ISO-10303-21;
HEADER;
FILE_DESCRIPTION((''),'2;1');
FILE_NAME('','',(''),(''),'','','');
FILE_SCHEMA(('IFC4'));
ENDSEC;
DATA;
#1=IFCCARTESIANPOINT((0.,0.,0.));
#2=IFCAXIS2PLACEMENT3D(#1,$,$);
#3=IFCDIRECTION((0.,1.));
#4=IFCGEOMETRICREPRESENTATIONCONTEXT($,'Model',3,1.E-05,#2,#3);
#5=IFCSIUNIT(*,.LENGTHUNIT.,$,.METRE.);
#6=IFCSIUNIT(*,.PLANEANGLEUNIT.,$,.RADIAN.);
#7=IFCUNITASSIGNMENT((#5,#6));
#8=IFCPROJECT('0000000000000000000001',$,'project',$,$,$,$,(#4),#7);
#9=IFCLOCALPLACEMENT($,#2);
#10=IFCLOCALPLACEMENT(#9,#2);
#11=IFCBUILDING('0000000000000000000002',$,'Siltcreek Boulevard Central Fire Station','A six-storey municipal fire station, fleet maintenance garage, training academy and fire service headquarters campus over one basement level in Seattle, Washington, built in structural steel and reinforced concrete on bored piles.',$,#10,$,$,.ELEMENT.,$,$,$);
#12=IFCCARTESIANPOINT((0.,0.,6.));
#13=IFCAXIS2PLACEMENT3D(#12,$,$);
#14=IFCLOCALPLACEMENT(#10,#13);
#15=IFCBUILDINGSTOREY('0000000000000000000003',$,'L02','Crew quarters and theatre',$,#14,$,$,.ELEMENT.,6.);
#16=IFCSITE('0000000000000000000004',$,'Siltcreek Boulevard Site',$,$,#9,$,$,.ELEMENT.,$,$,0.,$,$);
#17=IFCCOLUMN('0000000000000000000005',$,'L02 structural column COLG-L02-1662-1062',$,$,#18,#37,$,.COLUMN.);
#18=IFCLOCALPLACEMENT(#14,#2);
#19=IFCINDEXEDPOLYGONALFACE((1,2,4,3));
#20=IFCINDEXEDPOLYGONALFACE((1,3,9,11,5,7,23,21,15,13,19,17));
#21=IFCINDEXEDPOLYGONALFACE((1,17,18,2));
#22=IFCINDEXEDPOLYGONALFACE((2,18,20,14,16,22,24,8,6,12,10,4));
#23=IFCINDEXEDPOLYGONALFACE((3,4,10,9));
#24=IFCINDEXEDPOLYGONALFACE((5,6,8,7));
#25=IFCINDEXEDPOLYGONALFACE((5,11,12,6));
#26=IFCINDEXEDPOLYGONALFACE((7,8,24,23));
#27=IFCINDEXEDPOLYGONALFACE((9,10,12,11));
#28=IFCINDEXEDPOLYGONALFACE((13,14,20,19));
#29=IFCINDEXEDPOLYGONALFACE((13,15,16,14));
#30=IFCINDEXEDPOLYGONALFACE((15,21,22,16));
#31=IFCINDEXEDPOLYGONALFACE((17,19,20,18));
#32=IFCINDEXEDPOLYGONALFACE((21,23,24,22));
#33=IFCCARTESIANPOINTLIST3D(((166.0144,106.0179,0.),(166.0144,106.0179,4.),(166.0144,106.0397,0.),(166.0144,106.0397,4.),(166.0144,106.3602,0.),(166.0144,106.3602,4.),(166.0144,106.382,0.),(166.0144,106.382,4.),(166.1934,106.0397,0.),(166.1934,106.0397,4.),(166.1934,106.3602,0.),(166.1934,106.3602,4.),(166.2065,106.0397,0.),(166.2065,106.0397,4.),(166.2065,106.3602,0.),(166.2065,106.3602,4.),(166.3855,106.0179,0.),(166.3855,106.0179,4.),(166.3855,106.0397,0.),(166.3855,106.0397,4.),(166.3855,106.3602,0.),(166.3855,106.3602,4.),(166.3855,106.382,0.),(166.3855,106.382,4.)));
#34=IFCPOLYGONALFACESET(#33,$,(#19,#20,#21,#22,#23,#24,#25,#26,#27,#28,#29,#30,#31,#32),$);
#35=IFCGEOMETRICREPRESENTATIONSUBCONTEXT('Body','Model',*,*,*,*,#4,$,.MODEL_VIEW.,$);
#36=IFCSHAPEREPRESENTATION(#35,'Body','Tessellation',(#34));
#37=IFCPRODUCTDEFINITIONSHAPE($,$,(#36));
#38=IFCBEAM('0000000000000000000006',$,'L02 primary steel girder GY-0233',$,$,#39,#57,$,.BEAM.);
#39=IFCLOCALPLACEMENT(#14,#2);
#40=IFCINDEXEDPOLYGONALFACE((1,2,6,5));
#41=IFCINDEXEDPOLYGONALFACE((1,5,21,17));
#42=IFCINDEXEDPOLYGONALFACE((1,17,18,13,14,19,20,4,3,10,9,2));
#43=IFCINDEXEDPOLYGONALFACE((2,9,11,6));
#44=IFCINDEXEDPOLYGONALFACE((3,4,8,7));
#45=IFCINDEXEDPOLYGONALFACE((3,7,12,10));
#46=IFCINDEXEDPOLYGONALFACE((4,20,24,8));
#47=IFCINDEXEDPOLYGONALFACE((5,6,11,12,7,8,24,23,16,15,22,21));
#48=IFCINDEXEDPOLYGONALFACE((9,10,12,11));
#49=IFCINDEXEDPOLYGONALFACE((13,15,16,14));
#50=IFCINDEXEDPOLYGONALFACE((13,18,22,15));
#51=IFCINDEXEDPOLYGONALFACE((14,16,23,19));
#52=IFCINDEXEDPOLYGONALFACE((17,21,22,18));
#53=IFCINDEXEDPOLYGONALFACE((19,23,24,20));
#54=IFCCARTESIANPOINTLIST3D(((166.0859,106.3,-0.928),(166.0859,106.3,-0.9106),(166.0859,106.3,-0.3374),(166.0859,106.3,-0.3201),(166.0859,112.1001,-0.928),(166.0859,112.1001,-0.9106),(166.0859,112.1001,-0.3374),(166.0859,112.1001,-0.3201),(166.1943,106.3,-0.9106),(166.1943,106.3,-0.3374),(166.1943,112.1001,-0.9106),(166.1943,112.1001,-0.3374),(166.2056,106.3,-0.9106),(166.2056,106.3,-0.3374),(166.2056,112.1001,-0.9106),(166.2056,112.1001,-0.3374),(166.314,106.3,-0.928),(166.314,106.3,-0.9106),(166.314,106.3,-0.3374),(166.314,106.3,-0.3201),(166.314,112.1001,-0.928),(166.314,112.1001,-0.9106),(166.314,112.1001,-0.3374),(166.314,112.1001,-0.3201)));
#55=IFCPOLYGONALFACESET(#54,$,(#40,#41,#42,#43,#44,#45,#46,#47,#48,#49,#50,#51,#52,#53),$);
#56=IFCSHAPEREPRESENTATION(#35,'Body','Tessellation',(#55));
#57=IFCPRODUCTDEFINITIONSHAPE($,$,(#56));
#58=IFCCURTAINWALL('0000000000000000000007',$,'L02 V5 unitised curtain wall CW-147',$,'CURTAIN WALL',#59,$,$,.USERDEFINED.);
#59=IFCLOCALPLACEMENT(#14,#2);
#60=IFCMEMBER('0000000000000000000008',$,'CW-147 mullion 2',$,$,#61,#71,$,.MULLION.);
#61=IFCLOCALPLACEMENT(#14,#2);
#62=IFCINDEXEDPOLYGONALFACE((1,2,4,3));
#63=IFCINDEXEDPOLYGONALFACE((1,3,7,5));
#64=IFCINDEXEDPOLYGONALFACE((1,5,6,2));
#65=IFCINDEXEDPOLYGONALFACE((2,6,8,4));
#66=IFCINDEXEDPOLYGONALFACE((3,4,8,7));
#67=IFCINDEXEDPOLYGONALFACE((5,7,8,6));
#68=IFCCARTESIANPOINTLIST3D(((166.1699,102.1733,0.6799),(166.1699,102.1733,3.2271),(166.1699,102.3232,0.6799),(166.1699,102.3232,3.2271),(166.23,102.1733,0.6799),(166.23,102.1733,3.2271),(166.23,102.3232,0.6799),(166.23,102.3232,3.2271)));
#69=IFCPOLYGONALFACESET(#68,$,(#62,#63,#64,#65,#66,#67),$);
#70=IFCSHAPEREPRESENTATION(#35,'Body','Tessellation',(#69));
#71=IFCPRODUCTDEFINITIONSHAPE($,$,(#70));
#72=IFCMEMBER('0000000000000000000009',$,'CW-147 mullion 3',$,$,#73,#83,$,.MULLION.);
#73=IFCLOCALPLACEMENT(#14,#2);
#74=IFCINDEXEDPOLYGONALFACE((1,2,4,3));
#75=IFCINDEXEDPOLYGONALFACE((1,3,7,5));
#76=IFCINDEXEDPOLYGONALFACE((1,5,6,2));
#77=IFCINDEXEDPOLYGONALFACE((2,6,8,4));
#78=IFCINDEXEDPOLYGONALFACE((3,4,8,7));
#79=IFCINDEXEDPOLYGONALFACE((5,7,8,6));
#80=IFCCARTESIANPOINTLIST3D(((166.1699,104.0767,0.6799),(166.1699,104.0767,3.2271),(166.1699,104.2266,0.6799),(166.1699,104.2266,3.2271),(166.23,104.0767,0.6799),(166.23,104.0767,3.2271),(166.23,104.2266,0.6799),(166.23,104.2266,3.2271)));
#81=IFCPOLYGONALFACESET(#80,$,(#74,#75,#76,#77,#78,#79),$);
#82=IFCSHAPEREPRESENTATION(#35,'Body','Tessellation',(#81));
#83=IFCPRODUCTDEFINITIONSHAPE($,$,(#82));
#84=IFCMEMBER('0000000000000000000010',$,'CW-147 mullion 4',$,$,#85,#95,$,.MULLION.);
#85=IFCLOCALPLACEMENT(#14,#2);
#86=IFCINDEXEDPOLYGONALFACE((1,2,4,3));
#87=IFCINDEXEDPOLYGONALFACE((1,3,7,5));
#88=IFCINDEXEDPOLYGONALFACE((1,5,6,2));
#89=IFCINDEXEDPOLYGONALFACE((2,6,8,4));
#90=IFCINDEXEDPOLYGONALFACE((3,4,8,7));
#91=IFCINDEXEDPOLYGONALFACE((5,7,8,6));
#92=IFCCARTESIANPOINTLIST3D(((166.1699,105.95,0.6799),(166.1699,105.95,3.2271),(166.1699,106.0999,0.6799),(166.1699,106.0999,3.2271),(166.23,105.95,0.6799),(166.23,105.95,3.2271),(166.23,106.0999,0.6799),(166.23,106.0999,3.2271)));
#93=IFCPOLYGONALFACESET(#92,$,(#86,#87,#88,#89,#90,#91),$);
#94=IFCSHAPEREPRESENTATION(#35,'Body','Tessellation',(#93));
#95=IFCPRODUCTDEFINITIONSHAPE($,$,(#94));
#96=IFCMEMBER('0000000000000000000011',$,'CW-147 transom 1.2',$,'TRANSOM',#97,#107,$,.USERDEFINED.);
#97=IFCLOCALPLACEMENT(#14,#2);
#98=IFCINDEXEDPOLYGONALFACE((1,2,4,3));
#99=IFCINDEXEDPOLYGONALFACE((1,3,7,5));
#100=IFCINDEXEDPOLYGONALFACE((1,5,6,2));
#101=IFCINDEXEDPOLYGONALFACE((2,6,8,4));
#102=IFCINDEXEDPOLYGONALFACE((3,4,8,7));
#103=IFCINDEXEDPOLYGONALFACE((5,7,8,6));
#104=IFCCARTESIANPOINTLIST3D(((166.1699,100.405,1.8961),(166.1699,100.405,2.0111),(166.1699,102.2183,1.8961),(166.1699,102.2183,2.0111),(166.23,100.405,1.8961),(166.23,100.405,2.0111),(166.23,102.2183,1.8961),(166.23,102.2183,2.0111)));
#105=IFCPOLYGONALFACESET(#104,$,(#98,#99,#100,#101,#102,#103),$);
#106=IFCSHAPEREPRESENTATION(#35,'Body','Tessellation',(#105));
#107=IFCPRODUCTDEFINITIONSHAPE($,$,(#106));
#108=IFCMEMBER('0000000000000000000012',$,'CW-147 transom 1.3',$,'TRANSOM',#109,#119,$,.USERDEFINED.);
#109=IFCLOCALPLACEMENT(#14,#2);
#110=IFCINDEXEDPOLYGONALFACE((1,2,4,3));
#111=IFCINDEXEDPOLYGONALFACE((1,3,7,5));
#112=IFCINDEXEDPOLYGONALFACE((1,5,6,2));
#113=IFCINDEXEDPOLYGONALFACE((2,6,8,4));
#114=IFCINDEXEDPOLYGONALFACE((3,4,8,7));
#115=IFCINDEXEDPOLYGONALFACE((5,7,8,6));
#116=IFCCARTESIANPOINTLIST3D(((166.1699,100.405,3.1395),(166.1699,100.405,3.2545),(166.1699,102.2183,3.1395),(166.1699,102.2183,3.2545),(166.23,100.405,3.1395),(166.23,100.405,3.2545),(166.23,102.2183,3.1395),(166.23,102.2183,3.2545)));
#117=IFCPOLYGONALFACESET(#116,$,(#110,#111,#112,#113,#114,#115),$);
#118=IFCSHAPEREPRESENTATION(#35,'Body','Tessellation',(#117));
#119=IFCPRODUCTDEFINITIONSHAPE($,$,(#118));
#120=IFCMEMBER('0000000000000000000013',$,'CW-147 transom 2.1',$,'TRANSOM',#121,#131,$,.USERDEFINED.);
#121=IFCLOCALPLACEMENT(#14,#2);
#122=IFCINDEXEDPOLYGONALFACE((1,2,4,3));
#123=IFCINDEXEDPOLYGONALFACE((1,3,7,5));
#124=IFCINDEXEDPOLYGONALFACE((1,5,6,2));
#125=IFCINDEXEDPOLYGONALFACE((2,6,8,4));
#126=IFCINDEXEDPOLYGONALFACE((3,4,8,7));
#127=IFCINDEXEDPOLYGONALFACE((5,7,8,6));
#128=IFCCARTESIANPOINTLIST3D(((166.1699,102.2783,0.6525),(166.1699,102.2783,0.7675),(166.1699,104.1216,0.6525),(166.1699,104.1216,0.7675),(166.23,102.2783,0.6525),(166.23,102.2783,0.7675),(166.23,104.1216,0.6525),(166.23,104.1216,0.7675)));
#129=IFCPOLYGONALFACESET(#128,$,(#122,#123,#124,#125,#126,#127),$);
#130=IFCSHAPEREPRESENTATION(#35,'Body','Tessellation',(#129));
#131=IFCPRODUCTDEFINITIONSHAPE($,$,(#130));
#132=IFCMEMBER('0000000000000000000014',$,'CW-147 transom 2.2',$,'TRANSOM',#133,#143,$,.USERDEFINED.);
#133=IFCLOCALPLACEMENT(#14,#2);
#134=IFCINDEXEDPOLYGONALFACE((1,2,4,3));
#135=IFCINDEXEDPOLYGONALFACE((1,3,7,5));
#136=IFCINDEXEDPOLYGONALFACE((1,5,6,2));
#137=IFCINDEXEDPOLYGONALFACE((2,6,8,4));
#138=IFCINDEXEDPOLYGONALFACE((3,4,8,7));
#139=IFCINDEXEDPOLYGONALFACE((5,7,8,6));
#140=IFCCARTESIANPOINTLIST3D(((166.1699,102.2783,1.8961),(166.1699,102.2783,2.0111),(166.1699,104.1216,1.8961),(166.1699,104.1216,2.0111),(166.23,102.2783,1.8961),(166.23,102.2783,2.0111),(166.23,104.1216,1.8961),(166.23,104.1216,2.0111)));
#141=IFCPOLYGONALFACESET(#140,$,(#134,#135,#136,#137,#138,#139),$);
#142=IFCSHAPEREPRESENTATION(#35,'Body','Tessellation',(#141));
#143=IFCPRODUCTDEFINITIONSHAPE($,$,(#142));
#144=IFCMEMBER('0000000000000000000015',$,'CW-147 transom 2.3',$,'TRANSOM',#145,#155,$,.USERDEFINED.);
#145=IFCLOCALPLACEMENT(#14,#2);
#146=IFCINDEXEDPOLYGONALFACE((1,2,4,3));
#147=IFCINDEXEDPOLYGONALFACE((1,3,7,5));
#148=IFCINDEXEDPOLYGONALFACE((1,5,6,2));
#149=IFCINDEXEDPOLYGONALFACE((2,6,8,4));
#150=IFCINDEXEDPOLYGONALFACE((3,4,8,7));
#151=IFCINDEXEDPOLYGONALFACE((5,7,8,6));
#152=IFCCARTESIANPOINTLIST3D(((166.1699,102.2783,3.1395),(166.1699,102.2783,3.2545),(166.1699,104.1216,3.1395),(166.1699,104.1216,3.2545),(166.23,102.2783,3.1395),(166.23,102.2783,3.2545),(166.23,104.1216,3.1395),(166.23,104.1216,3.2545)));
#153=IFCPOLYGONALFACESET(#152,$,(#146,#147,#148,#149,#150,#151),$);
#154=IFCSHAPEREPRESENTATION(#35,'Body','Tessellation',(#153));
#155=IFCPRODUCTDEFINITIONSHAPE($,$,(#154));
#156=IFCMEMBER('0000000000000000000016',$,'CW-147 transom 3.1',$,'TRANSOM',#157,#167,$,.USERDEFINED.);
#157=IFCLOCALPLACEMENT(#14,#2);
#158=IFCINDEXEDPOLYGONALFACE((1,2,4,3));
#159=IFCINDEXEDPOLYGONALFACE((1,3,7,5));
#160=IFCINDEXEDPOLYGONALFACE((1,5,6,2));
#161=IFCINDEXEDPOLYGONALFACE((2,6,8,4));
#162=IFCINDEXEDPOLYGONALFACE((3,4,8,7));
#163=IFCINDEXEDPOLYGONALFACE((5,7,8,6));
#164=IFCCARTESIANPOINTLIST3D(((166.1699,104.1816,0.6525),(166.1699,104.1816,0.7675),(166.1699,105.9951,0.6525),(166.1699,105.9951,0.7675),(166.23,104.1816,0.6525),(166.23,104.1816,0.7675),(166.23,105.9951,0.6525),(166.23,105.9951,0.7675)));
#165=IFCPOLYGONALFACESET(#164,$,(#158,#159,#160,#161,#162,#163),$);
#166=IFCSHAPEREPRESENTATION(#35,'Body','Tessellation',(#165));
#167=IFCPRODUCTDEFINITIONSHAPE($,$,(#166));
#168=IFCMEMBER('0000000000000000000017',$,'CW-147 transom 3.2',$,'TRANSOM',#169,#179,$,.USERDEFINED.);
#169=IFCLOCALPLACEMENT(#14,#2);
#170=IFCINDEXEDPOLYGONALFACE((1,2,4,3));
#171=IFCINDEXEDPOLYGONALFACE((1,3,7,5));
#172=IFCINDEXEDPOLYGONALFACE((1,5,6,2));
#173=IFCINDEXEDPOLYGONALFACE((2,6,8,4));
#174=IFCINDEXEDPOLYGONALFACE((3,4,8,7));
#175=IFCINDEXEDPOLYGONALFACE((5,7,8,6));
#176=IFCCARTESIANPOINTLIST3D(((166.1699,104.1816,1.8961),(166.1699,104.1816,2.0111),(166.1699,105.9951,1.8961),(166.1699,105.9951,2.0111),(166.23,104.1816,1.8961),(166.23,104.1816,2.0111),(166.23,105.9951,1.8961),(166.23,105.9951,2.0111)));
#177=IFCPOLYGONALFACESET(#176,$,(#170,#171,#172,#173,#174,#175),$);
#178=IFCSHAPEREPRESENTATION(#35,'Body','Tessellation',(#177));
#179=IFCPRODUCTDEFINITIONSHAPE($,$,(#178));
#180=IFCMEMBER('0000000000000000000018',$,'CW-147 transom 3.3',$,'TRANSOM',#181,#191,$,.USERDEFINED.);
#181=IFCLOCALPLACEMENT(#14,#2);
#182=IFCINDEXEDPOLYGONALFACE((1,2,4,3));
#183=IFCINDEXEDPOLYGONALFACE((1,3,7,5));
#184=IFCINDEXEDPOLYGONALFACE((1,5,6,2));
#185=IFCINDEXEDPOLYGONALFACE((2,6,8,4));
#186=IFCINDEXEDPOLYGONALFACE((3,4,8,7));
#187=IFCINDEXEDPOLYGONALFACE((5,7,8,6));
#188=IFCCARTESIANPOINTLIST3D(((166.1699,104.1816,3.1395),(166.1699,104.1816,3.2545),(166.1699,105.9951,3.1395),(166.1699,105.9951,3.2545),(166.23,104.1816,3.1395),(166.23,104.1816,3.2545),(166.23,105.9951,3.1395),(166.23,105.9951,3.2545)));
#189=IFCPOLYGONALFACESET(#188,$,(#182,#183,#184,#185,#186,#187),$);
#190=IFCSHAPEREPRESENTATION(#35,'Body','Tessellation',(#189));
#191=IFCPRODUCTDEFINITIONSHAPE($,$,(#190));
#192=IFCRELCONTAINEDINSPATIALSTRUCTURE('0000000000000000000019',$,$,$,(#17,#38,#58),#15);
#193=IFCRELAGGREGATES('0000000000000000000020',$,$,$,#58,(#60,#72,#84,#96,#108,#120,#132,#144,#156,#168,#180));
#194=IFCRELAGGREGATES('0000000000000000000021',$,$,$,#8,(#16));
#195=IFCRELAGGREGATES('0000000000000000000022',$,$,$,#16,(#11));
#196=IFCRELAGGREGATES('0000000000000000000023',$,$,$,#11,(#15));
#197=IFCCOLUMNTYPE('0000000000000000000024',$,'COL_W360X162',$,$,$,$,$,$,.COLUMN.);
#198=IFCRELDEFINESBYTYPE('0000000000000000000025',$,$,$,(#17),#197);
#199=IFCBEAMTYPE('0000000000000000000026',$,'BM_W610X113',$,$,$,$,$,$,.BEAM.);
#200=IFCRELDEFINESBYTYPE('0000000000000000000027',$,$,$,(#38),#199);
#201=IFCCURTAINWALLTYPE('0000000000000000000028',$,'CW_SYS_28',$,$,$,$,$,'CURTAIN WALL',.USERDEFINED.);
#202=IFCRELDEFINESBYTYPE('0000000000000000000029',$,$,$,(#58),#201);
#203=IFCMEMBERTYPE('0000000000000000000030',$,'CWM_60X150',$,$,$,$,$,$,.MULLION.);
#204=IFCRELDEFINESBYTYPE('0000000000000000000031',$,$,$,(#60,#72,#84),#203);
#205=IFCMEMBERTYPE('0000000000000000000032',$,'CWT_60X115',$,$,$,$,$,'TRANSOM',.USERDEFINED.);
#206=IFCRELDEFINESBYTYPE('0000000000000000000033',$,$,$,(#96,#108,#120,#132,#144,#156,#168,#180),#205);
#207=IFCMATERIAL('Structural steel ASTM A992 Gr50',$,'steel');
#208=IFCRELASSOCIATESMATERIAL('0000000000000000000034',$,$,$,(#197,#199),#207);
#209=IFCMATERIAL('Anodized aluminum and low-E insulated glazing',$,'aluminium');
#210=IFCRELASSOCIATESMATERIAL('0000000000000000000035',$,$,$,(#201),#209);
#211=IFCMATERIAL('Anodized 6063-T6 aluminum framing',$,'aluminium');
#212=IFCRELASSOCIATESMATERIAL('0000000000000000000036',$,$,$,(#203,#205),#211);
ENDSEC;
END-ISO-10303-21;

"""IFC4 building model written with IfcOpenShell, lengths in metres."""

from ifc_helpers import new_model, si_unit, direction, frame, origin, origin_2d, place, context, subcontext, project, spatial, rectangle, i_section, extrude, material, material_profile, profile_set, type_object, element, aggregate, save


model = new_model("IFC4")

# Units and contexts
model_context = context("Model", 3, precision=1e-05, world=origin(), true_north=direction((0.0, 1.0)))
body_context = subcontext(model_context, "Body", "Model", "MODEL_VIEW")
ifc_project = project(units=[si_unit("LENGTHUNIT", "METRE"), si_unit("PLANEANGLEUNIT", "RADIAN")], contexts=[model_context])

# Site, building, storey
site_placement = place(None, origin())
site = spatial("IfcSite", under=ifc_project, at=site_placement, Name="Siltcreek Boulevard Site", CompositionType="ELEMENT", RefElevation=0.0)
building_placement = place(site_placement, origin())
building = spatial("IfcBuilding", under=site, at=building_placement, Name="Siltcreek Boulevard Central Fire Station", Description="A six-storey municipal fire station, fleet maintenance garage, training academy and fire service headquarters campus over one basement level in Seattle, Washington, built in structural steel and reinforced concrete on bored piles.", CompositionType="ELEMENT")
storey_placement = place(building_placement, frame((0.0, 0.0, 6.0)))
storey = spatial("IfcBuildingStorey", under=building, at=storey_placement, Name="L02", Description="Crew quarters and theatre", CompositionType="ELEMENT", Elevation=6.0)

# Column
ifc_material_1 = material(Name="Structural steel ASTM A992 Gr50", Category="steel")
ifc_material_profile_1 = material_profile(ifc_material_1, i_section(OverallWidth=0.3711, OverallDepth=0.364, WebThickness=0.0132, FlangeThickness=0.0217, at=origin_2d()), Name="W360X162")
ifc_profile_set_1 = profile_set([ifc_material_profile_1], Name="Structural steel ASTM A992 Gr50")
column_type = type_object("IfcColumnType", Name="COL_W360X162", PredefinedType="COLUMN", material=ifc_profile_set_1)
column_placement = place(storey_placement, frame((166.2, 106.2, 0.0), z_axis=(0.0, 0.0, 1.0), x_axis=(1.0, 0.0, 0.0)))
element("IfcColumn", 1, at=column_placement, inside=storey, type_object=column_type, Name="L02 structural column COLG-L02-1662-1062", PredefinedType="COLUMN", context=body_context, shape_type="SweptSolid", body=[
    extrude(i_section(OverallWidth=0.3711, OverallDepth=0.364, WebThickness=0.0132, FlangeThickness=0.0217, at=origin_2d()), origin(), (0.0, 0.0, 1.0), 4.0),
])

# Beam
ifc_material_profile_2 = material_profile(ifc_material_1, i_section(OverallWidth=0.228, OverallDepth=0.6079, WebThickness=0.0112, FlangeThickness=0.0173, at=origin_2d()), Name="W610X113")
ifc_profile_set_2 = profile_set([ifc_material_profile_2], Name="Structural steel ASTM A992 Gr50")
beam_type = type_object("IfcBeamType", Name="BM_W610X113", PredefinedType="BEAM", material=ifc_profile_set_2)
beam_placement = place(storey_placement, frame((166.2, 106.3, -0.624), z_axis=(0.0, 1.0, 0.0), x_axis=(-1.0, 0.0, 0.0)))
element("IfcBeam", 2, at=beam_placement, inside=storey, type_object=beam_type, Name="L02 primary steel girder GY-0233", PredefinedType="BEAM", context=body_context, shape_type="SweptSolid", body=[
    extrude(i_section(OverallWidth=0.228, OverallDepth=0.6079, WebThickness=0.0112, FlangeThickness=0.0173, at=origin_2d()), origin(), (0.0, 0.0, 1.0), 5.8),
])

# Curtain wall, members
ifc_material_2 = material(Name="Anodized aluminum and low-E insulated glazing", Category="aluminium")
curtain_wall_type = type_object("IfcCurtainWallType", Name="CW_SYS_28", ElementType="CURTAIN WALL", PredefinedType="USERDEFINED", material=ifc_material_2)
curtain_wall_placement = place(storey_placement, origin())
curtain_wall = element("IfcCurtainWall", 3, at=curtain_wall_placement, inside=storey, type_object=curtain_wall_type, Name="L02 V5 unitised curtain wall CW-147", ObjectType="CURTAIN WALL", PredefinedType="USERDEFINED")
ifc_material_3 = material(Name="Anodized 6063-T6 aluminum framing", Category="aluminium")
ifc_material_profile_3 = material_profile(ifc_material_3, rectangle(XDim=0.0601, YDim=0.1499, at=origin_2d()), Name="MULL60X150")
ifc_profile_set_3 = profile_set([ifc_material_profile_3], Name="Anodized 6063-T6 aluminum framing")
member_type_1 = type_object("IfcMemberType", Name="CWM_60X150", PredefinedType="MULLION", material=ifc_profile_set_3)
member_1_placement = place(storey_placement, frame((166.2, 102.2483, 0.6799), z_axis=(0.0, 0.0, 1.0), x_axis=(-1.0, 0.0, 0.0)))
member_1 = element("IfcMember", 4, at=member_1_placement, type_object=member_type_1, Name="CW-147 mullion 2", PredefinedType="MULLION", context=body_context, shape_type="SweptSolid", body=[
    extrude(rectangle(XDim=0.0601, YDim=0.1499, at=origin_2d()), origin(), (0.0, 0.0, 1.0), 2.5471),
])
member_2_placement = place(storey_placement, frame((166.2, 104.1516, 0.6799), z_axis=(0.0, 0.0, 1.0), x_axis=(-1.0, 0.0, 0.0)))
member_2 = element("IfcMember", 5, at=member_2_placement, type_object=member_type_1, Name="CW-147 mullion 3", PredefinedType="MULLION", context=body_context, shape_type="SweptSolid", body=[
    extrude(rectangle(XDim=0.0601, YDim=0.1499, at=origin_2d()), origin(), (0.0, 0.0, 1.0), 2.5471),
])
member_3_placement = place(storey_placement, frame((166.2, 106.0249, 0.6799), z_axis=(0.0, 0.0, 1.0), x_axis=(-1.0, 0.0, 0.0)))
member_3 = element("IfcMember", 6, at=member_3_placement, type_object=member_type_1, Name="CW-147 mullion 4", PredefinedType="MULLION", context=body_context, shape_type="SweptSolid", body=[
    extrude(rectangle(XDim=0.0601, YDim=0.1499, at=origin_2d()), origin(), (0.0, 0.0, 1.0), 2.5471),
])
ifc_material_profile_4 = material_profile(ifc_material_3, rectangle(XDim=0.0601, YDim=0.115, at=origin_2d()), Name="TRAN60X115")
ifc_profile_set_4 = profile_set([ifc_material_profile_4], Name="Anodized 6063-T6 aluminum framing")
member_type_2 = type_object("IfcMemberType", Name="CWT_60X115", ElementType="TRANSOM", PredefinedType="USERDEFINED", material=ifc_profile_set_4)
member_4_placement = place(storey_placement, frame((166.2, 100.405, 1.9536), z_axis=(0.0, 1.0, 0.0), x_axis=(-1.0, 0.0, 0.0)))
member_4 = element("IfcMember", 7, at=member_4_placement, type_object=member_type_2, Name="CW-147 transom 1.2", ObjectType="TRANSOM", PredefinedType="USERDEFINED", context=body_context, shape_type="SweptSolid", body=[
    extrude(rectangle(XDim=0.0601, YDim=0.115, at=origin_2d()), origin(), (0.0, 0.0, 1.0), 1.8132),
])
member_5_placement = place(storey_placement, frame((166.2, 100.405, 3.197), z_axis=(0.0, 1.0, 0.0), x_axis=(-1.0, 0.0, 0.0)))
member_5 = element("IfcMember", 8, at=member_5_placement, type_object=member_type_2, Name="CW-147 transom 1.3", ObjectType="TRANSOM", PredefinedType="USERDEFINED", context=body_context, shape_type="SweptSolid", body=[
    extrude(rectangle(XDim=0.0601, YDim=0.115, at=origin_2d()), origin(), (0.0, 0.0, 1.0), 1.8132),
])
member_6_placement = place(storey_placement, frame((166.2, 102.2783, 0.71), z_axis=(0.0, 1.0, 0.0), x_axis=(-1.0, 0.0, 0.0)))
member_6 = element("IfcMember", 9, at=member_6_placement, type_object=member_type_2, Name="CW-147 transom 2.1", ObjectType="TRANSOM", PredefinedType="USERDEFINED", context=body_context, shape_type="SweptSolid", body=[
    extrude(rectangle(XDim=0.0601, YDim=0.115, at=origin_2d()), origin(), (0.0, 0.0, 1.0), 1.8433),
])
member_7_placement = place(storey_placement, frame((166.2, 102.2783, 1.9536), z_axis=(0.0, 1.0, 0.0), x_axis=(-1.0, 0.0, 0.0)))
member_7 = element("IfcMember", 10, at=member_7_placement, type_object=member_type_2, Name="CW-147 transom 2.2", ObjectType="TRANSOM", PredefinedType="USERDEFINED", context=body_context, shape_type="SweptSolid", body=[
    extrude(rectangle(XDim=0.0601, YDim=0.115, at=origin_2d()), origin(), (0.0, 0.0, 1.0), 1.8433),
])
member_8_placement = place(storey_placement, frame((166.2, 102.2783, 3.197), z_axis=(0.0, 1.0, 0.0), x_axis=(-1.0, 0.0, 0.0)))
member_8 = element("IfcMember", 11, at=member_8_placement, type_object=member_type_2, Name="CW-147 transom 2.3", ObjectType="TRANSOM", PredefinedType="USERDEFINED", context=body_context, shape_type="SweptSolid", body=[
    extrude(rectangle(XDim=0.0601, YDim=0.115, at=origin_2d()), origin(), (0.0, 0.0, 1.0), 1.8433),
])
member_9_placement = place(storey_placement, frame((166.2, 104.1816, 0.71), z_axis=(0.0, 1.0, 0.0), x_axis=(-1.0, 0.0, 0.0)))
member_9 = element("IfcMember", 12, at=member_9_placement, type_object=member_type_2, Name="CW-147 transom 3.1", ObjectType="TRANSOM", PredefinedType="USERDEFINED", context=body_context, shape_type="SweptSolid", body=[
    extrude(rectangle(XDim=0.0601, YDim=0.115, at=origin_2d()), origin(), (0.0, 0.0, 1.0), 1.8135),
])
member_10_placement = place(storey_placement, frame((166.2, 104.1816, 1.9536), z_axis=(0.0, 1.0, 0.0), x_axis=(-1.0, 0.0, 0.0)))
member_10 = element("IfcMember", 13, at=member_10_placement, type_object=member_type_2, Name="CW-147 transom 3.2", ObjectType="TRANSOM", PredefinedType="USERDEFINED", context=body_context, shape_type="SweptSolid", body=[
    extrude(rectangle(XDim=0.0601, YDim=0.115, at=origin_2d()), origin(), (0.0, 0.0, 1.0), 1.8135),
])
member_11_placement = place(storey_placement, frame((166.2, 104.1816, 3.197), z_axis=(0.0, 1.0, 0.0), x_axis=(-1.0, 0.0, 0.0)))
member_11 = element("IfcMember", 14, at=member_11_placement, type_object=member_type_2, Name="CW-147 transom 3.3", ObjectType="TRANSOM", PredefinedType="USERDEFINED", context=body_context, shape_type="SweptSolid", body=[
    extrude(rectangle(XDim=0.0601, YDim=0.115, at=origin_2d()), origin(), (0.0, 0.0, 1.0), 1.8135),
])
aggregate(curtain_wall, [member_1, member_2, member_3, member_4, member_5, member_6, member_7, member_8, member_9, member_10, member_11])

save(model, "model.ifc")
